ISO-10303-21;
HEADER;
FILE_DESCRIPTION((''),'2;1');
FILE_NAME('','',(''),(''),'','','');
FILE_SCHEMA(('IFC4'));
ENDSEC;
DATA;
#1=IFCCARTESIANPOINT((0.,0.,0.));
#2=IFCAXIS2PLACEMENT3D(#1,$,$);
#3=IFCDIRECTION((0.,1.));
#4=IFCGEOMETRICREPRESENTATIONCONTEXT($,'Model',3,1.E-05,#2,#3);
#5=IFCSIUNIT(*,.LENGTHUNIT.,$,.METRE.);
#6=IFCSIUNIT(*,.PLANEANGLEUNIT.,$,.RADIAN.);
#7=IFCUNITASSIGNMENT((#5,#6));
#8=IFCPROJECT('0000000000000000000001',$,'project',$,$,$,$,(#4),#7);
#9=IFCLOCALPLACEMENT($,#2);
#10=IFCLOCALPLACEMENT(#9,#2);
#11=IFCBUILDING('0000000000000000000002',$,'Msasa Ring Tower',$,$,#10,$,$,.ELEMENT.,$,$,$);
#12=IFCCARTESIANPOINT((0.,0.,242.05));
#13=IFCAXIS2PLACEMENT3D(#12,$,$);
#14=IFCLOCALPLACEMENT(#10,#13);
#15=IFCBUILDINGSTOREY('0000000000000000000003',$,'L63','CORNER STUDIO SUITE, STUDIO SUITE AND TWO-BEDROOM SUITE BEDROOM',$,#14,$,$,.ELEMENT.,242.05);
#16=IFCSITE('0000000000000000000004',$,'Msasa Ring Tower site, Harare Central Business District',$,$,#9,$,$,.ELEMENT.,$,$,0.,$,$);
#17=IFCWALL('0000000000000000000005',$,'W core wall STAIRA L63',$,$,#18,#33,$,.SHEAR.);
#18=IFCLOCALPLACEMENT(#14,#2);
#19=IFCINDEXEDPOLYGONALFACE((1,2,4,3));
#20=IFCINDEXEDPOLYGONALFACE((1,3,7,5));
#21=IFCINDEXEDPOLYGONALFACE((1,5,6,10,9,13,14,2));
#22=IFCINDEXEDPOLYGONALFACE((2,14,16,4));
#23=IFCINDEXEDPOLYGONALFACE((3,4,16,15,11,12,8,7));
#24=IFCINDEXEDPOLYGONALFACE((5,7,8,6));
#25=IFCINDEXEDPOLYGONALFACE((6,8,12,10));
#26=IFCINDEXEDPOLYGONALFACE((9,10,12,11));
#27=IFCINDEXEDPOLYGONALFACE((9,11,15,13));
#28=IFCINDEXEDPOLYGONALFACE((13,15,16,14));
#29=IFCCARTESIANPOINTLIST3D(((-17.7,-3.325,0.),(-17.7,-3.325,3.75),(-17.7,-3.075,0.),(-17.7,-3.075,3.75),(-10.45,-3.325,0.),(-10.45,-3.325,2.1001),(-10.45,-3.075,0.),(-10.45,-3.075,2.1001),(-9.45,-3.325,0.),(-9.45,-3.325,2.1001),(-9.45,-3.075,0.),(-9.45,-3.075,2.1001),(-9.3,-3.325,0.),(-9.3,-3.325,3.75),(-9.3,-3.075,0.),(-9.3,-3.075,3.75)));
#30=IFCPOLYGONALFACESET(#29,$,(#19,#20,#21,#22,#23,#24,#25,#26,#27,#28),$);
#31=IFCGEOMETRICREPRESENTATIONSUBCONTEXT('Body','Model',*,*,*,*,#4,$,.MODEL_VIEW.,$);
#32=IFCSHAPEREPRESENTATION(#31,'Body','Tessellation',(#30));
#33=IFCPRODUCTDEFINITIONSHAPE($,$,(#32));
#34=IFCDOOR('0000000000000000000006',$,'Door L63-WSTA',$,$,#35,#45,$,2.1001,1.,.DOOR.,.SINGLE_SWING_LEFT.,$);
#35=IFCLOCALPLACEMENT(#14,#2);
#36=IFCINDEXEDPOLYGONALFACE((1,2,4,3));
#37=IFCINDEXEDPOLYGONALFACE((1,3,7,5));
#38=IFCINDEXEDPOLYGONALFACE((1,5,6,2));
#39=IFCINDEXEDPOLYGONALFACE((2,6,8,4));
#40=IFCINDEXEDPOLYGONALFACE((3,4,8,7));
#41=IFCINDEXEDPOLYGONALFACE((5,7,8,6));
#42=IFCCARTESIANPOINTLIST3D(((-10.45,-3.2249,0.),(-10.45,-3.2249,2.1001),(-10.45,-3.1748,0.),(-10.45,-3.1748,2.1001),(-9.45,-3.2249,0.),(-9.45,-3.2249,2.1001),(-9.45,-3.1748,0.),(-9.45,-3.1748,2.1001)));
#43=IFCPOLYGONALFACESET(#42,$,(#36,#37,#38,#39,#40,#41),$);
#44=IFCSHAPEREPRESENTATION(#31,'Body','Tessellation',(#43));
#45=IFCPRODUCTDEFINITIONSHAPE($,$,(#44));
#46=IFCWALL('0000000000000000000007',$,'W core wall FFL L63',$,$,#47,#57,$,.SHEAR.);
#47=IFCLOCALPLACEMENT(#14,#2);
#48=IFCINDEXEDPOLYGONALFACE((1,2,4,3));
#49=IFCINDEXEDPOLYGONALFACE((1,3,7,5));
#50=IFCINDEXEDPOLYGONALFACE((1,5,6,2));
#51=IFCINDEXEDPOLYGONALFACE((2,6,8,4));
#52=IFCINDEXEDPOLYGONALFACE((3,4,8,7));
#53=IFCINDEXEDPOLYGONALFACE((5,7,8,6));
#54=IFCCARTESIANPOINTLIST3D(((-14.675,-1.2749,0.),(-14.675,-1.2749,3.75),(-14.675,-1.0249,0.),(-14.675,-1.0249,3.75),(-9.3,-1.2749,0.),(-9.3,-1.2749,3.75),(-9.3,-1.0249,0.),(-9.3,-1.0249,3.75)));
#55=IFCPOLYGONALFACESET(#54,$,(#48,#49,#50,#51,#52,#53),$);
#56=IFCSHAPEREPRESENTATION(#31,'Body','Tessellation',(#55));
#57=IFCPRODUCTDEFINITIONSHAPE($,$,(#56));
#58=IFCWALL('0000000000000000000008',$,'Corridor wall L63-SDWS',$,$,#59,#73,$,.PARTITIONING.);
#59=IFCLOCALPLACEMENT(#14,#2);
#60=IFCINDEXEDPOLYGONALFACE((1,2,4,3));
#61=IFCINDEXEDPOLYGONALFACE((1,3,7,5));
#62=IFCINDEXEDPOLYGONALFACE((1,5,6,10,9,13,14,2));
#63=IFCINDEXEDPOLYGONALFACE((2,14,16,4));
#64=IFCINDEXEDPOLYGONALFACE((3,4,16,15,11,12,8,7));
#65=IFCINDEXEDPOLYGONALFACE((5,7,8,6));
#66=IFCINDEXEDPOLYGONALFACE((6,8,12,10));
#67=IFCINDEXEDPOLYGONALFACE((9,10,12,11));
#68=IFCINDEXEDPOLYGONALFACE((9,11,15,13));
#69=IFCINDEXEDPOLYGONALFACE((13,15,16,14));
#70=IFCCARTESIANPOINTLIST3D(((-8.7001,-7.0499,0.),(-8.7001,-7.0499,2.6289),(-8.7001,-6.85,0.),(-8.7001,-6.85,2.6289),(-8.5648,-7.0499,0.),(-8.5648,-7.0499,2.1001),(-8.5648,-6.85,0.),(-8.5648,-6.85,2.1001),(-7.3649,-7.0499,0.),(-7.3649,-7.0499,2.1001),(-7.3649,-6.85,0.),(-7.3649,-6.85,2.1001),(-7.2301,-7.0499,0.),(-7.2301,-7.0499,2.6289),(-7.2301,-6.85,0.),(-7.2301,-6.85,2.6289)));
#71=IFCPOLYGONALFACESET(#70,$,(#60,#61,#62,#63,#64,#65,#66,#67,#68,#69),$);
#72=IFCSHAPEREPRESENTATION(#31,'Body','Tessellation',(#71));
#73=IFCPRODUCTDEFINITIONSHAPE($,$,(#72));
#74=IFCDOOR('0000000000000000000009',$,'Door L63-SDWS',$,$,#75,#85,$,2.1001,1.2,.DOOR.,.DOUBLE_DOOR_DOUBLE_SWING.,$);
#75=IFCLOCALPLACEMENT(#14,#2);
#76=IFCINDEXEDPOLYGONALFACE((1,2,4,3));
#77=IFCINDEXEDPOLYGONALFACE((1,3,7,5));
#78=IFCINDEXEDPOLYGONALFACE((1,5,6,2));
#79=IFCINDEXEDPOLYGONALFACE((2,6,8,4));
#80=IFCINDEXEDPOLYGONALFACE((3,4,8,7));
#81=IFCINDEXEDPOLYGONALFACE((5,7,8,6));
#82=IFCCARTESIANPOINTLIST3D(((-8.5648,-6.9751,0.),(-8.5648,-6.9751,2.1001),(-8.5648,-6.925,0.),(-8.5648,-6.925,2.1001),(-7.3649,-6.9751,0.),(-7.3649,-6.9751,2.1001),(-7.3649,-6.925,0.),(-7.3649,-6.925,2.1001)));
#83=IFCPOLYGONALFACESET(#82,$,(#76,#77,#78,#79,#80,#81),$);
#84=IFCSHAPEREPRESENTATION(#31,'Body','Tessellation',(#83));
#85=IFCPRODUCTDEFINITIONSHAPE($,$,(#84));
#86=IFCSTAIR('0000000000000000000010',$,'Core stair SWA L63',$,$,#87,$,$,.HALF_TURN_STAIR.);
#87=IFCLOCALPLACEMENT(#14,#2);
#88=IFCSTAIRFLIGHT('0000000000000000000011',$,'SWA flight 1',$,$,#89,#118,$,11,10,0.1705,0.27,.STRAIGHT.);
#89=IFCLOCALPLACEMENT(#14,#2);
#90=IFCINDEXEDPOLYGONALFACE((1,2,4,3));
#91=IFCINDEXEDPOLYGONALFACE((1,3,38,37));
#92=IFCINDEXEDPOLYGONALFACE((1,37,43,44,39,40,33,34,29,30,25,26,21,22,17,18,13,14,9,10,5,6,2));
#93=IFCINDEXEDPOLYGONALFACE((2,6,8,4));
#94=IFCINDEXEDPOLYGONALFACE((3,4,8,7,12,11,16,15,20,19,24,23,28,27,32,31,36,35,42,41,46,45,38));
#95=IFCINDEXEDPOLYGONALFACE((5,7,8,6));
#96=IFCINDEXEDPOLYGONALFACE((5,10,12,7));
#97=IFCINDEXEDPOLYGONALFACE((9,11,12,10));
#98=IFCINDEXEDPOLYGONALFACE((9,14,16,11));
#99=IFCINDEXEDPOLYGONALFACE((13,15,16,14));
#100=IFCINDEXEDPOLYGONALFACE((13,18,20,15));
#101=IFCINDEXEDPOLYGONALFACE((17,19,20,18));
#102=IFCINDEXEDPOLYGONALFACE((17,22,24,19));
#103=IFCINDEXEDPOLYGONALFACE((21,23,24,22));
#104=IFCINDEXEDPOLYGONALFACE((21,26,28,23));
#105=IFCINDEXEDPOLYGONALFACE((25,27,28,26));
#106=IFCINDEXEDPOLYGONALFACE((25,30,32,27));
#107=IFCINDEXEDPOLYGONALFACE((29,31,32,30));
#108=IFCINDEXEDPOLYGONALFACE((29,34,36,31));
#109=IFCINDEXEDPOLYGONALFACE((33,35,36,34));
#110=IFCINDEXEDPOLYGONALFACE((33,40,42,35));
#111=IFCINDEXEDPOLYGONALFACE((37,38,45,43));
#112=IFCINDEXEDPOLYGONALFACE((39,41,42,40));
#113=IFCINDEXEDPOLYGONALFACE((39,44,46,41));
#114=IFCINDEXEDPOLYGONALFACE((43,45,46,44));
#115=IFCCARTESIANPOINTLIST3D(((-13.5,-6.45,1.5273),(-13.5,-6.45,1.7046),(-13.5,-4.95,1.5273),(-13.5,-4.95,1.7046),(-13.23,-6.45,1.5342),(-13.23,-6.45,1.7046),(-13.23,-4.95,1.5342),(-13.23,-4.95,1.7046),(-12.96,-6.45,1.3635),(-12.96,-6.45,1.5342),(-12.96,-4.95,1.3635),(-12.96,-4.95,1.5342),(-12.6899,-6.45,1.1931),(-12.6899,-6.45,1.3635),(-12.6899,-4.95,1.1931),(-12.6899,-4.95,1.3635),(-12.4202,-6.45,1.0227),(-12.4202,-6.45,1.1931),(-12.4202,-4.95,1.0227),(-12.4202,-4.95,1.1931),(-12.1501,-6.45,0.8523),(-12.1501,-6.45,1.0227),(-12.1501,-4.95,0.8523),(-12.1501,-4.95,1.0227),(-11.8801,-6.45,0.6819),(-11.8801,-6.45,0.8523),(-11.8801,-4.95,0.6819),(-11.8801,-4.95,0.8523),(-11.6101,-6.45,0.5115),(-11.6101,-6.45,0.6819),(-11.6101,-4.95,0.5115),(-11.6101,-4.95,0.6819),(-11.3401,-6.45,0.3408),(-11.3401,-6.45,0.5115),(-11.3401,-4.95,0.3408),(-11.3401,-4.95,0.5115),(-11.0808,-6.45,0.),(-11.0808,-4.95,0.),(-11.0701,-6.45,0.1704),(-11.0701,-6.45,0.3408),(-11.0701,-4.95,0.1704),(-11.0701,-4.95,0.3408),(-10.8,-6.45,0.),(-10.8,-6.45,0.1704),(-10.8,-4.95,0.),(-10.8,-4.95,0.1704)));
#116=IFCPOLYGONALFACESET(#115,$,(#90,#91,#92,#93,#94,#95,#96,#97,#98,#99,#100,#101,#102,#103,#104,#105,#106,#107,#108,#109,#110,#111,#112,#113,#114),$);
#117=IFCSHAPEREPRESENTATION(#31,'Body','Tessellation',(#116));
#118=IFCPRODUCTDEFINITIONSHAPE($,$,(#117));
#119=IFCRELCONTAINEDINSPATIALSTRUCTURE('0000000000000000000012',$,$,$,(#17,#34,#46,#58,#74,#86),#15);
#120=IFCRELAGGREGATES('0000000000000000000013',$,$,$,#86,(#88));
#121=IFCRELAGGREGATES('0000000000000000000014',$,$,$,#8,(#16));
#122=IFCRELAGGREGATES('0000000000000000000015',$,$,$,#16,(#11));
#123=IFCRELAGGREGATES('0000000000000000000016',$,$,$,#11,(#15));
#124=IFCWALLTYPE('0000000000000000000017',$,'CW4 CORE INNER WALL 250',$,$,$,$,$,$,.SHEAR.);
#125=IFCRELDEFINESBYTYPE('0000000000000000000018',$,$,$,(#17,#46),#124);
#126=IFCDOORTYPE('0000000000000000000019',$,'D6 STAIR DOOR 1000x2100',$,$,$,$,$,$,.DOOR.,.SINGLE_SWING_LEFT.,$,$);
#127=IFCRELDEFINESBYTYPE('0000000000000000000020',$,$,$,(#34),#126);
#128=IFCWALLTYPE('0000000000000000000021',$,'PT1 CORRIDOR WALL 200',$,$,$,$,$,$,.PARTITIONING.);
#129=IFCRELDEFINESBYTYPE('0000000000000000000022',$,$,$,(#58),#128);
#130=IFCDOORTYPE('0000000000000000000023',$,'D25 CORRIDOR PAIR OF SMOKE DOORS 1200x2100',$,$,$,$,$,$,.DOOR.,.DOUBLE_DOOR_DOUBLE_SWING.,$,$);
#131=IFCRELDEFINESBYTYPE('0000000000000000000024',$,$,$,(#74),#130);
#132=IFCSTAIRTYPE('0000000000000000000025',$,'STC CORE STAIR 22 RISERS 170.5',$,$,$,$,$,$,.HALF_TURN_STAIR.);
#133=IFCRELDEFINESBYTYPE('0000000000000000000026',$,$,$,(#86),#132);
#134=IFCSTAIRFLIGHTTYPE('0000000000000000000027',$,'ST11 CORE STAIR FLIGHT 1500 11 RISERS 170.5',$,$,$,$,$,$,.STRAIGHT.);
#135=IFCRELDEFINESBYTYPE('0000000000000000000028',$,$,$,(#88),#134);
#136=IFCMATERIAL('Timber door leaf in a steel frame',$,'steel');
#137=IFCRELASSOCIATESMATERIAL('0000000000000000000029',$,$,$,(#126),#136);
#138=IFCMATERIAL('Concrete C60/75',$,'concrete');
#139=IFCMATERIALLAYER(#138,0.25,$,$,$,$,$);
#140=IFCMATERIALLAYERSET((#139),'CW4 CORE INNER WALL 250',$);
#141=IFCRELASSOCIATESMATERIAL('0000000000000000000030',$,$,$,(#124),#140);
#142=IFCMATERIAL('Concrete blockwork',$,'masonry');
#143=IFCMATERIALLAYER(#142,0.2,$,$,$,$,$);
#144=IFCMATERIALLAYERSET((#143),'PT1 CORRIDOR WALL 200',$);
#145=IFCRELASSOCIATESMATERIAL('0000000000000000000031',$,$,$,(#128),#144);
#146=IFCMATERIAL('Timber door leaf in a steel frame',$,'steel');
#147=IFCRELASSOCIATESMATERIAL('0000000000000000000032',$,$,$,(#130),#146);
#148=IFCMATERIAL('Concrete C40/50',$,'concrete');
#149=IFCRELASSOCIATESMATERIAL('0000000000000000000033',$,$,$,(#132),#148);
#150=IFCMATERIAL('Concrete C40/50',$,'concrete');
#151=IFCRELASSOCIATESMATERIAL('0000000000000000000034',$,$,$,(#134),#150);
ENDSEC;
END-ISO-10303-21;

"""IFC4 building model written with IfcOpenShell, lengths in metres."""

from ifc_helpers import new_model, si_unit, direction, frame, frame_2d, origin, place, context, subcontext, project, spatial, polyline, rectangle, outline, extrude, material, layer, layer_set, type_object, element, fill, aggregate, save


model = new_model("IFC4")

# Units and contexts
model_context = context("Model", 3, precision=1e-05, world=origin(), true_north=direction((0.0, 1.0)))
body_context = subcontext(model_context, "Body", "Model", "MODEL_VIEW")
ifc_project = project(units=[si_unit("LENGTHUNIT", "METRE"), si_unit("PLANEANGLEUNIT", "RADIAN")], contexts=[model_context])

# Site, building, storey
site_placement = place(None, origin())
site = spatial("IfcSite", under=ifc_project, at=site_placement, Name="Msasa Ring Tower site, Harare Central Business District", CompositionType="ELEMENT", RefElevation=0.0)
building_placement = place(site_placement, origin())
building = spatial("IfcBuilding", under=site, at=building_placement, Name="Msasa Ring Tower", CompositionType="ELEMENT")
storey_placement = place(building_placement, frame((0.0, 0.0, 242.05)))
storey = spatial("IfcBuildingStorey", under=building, at=storey_placement, Name="L63", Description="CORNER STUDIO SUITE, STUDIO SUITE AND TWO-BEDROOM SUITE BEDROOM", CompositionType="ELEMENT", Elevation=242.05)

# Shared definitions
ifc_material_1 = material(Name="Timber door leaf in a steel frame", Category="steel")
door_type_1 = type_object("IfcDoorType", Name="D6 STAIR DOOR 1000x2100", OperationType="SINGLE_SWING_LEFT", PredefinedType="DOOR", material=ifc_material_1)

# Wall, opening, door
ifc_material_2 = material(Name="Concrete C60/75", Category="concrete")
ifc_layer_1 = layer(ifc_material_2, 0.25)
ifc_layer_set_1 = layer_set([ifc_layer_1], Name="CW4 CORE INNER WALL 250")
wall_type_1 = type_object("IfcWallType", Name="CW4 CORE INNER WALL 250", PredefinedType="SHEAR", material=ifc_layer_set_1)
wall_1_placement = place(storey_placement, frame((-9.3, -3.2, 0.0), z_axis=(0.0, 0.0, 1.0), x_axis=(-1.0, 0.0, 0.0)))
wall_1 = element("IfcWall", 1, at=wall_1_placement, inside=storey, type_object=wall_type_1, Name="W core wall STAIRA L63", PredefinedType="SHEAR", context=body_context, shape_type="SweptSolid", body=[
    extrude(rectangle(XDim=8.3999, YDim=0.25, at=frame_2d((4.2, 0.0))), origin(), (0.0, 0.0, 1.0), 3.75),
])
opening_1_placement = place(wall_1_placement, frame((0.1499, 0.0, 0.0)))
opening_1 = element("IfcOpeningElement", 2, at=opening_1_placement, cuts=wall_1, PredefinedType="OPENING", context=body_context, shape_type="SweptSolid", body=[
    extrude(rectangle(XDim=1.0, YDim=2.1001, at=frame_2d((0.5, 1.05))), frame((0.0, 0.135, 0.0), z_axis=(0.0, -1.0, 0.0), x_axis=(1.0, 0.0, 0.0)), (0.0, 0.0, 1.0), 0.27),
])
door_1_placement = place(opening_1_placement, origin())
door_1 = element("IfcDoor", 3, at=door_1_placement, inside=storey, type_object=door_type_1, Name="Door L63-WSTA", OperationType="SINGLE_SWING_LEFT", OverallHeight=2.1001, OverallWidth=1.0, PredefinedType="DOOR", context=body_context, shape_type="SweptSolid", body=[
    extrude(rectangle(XDim=1.0, YDim=2.1001, at=frame_2d((0.5, 1.05))), frame((0.0, 0.0249, 0.0), z_axis=(0.0, -1.0, 0.0), x_axis=(1.0, 0.0, 0.0)), (0.0, 0.0, 1.0), 0.05),
])
fill(opening_1, door_1)

# Wall
wall_2_placement = place(storey_placement, frame((-9.3, -1.1499, 0.0), z_axis=(0.0, 0.0, 1.0), x_axis=(-1.0, 0.0, 0.0)))
element("IfcWall", 4, at=wall_2_placement, inside=storey, type_object=wall_type_1, Name="W core wall FFL L63", PredefinedType="SHEAR", context=body_context, shape_type="SweptSolid", body=[
    extrude(rectangle(XDim=5.375, YDim=0.25, at=frame_2d((2.6875, 0.0))), origin(), (0.0, 0.0, 1.0), 3.75),
])

# Wall, opening, door
ifc_material_3 = material(Name="Concrete blockwork", Category="masonry")
ifc_layer_2 = layer(ifc_material_3, 0.2)
ifc_layer_set_2 = layer_set([ifc_layer_2], Name="PT1 CORRIDOR WALL 200")
wall_type_2 = type_object("IfcWallType", Name="PT1 CORRIDOR WALL 200", PredefinedType="PARTITIONING", material=ifc_layer_set_2)
wall_3_placement = place(storey_placement, frame((-8.7, -6.95, 0.0), z_axis=(0.0, 0.0, 1.0), x_axis=(1.0, 0.0, 0.0)))
wall_3 = element("IfcWall", 5, at=wall_3_placement, inside=storey, type_object=wall_type_2, Name="Corridor wall L63-SDWS", PredefinedType="PARTITIONING", context=body_context, shape_type="SweptSolid", body=[
    extrude(rectangle(XDim=1.47, YDim=0.2, at=frame_2d((0.7349, 0.0))), origin(), (0.0, 0.0, 1.0), 2.6289),
])
opening_2_placement = place(wall_3_placement, frame((0.135, 0.0, 0.0)))
opening_2 = element("IfcOpeningElement", 6, at=opening_2_placement, cuts=wall_3, PredefinedType="OPENING", context=body_context, shape_type="SweptSolid", body=[
    extrude(rectangle(XDim=1.2, YDim=2.1001, at=frame_2d((0.6001, 1.05))), frame((0.0, 0.1099, 0.0), z_axis=(0.0, -1.0, 0.0), x_axis=(1.0, 0.0, 0.0)), (0.0, 0.0, 1.0), 0.22),
])
ifc_material_4 = material(Name="Timber door leaf in a steel frame", Category="steel")
door_type_2 = type_object("IfcDoorType", Name="D25 CORRIDOR PAIR OF SMOKE DOORS 1200x2100", OperationType="DOUBLE_DOOR_DOUBLE_SWING", PredefinedType="DOOR", material=ifc_material_4)
door_2_placement = place(opening_2_placement, origin())
door_2 = element("IfcDoor", 7, at=door_2_placement, inside=storey, type_object=door_type_2, Name="Door L63-SDWS", OperationType="DOUBLE_DOOR_DOUBLE_SWING", OverallHeight=2.1001, OverallWidth=1.2, PredefinedType="DOOR", context=body_context, shape_type="SweptSolid", body=[
    extrude(rectangle(XDim=1.2, YDim=2.1001, at=frame_2d((0.6001, 1.05))), frame((0.0, 0.0249, 0.0), z_axis=(0.0, -1.0, 0.0), x_axis=(1.0, 0.0, 0.0)), (0.0, 0.0, 1.0), 0.05),
])
fill(opening_2, door_2)

# Stair, stair flight
ifc_material_5 = material(Name="Concrete C40/50", Category="concrete")
stair_type = type_object("IfcStairType", Name="STC CORE STAIR 22 RISERS 170.5", PredefinedType="HALF_TURN_STAIR", material=ifc_material_5)
stair_placement = place(storey_placement, origin())
stair = element("IfcStair", 8, at=stair_placement, inside=storey, type_object=stair_type, Name="Core stair SWA L63", PredefinedType="HALF_TURN_STAIR")
ifc_material_6 = material(Name="Concrete C40/50", Category="concrete")
stair_flight_type = type_object("IfcStairFlightType", Name="ST11 CORE STAIR FLIGHT 1500 11 RISERS 170.5", PredefinedType="STRAIGHT", material=ifc_material_6)
stair_flight_placement = place(storey_placement, frame((-10.8, -5.7, 0.0), z_axis=(0.0, 0.0, 1.0), x_axis=(-1.0, 0.0, 0.0)))
stair_flight = element("IfcStairFlight", 9, at=stair_flight_placement, type_object=stair_flight_type, Name="SWA flight 1", NumberOfRisers=11, NumberOfTreads=10, PredefinedType="STRAIGHT", RiserHeight=0.1705, TreadLength=0.27, context=body_context, shape_type="SweptSolid", body=[
    extrude(outline(polyline([(0.0, 0.0), (0.0, 0.1704), (0.27, 0.1704), (0.27, 0.3408), (0.54, 0.3408), (0.54, 0.5115), (0.8101, 0.5115), (0.8101, 0.6819), (1.0801, 0.6819), (1.0801, 0.8523), (1.3501, 0.8523), (1.3501, 1.0227), (1.6201, 1.0227), (1.6201, 1.1931), (1.8899, 1.1931), (1.8899, 1.3635), (2.1599, 1.3635), (2.1599, 1.5342), (2.4299, 1.5342), (2.4299, 1.7046), (2.7, 1.7046), (2.7, 1.875), (2.7, 1.5273), (0.2808, 0.0), (0.0, 0.0)])), frame((0.0, 0.75, 0.0), z_axis=(0.0, -1.0, 0.0), x_axis=(1.0, 0.0, 0.0)), (0.0, 0.0, 1.0), 1.5),
])
aggregate(stair, [stair_flight])

save(model, "model.ifc")
